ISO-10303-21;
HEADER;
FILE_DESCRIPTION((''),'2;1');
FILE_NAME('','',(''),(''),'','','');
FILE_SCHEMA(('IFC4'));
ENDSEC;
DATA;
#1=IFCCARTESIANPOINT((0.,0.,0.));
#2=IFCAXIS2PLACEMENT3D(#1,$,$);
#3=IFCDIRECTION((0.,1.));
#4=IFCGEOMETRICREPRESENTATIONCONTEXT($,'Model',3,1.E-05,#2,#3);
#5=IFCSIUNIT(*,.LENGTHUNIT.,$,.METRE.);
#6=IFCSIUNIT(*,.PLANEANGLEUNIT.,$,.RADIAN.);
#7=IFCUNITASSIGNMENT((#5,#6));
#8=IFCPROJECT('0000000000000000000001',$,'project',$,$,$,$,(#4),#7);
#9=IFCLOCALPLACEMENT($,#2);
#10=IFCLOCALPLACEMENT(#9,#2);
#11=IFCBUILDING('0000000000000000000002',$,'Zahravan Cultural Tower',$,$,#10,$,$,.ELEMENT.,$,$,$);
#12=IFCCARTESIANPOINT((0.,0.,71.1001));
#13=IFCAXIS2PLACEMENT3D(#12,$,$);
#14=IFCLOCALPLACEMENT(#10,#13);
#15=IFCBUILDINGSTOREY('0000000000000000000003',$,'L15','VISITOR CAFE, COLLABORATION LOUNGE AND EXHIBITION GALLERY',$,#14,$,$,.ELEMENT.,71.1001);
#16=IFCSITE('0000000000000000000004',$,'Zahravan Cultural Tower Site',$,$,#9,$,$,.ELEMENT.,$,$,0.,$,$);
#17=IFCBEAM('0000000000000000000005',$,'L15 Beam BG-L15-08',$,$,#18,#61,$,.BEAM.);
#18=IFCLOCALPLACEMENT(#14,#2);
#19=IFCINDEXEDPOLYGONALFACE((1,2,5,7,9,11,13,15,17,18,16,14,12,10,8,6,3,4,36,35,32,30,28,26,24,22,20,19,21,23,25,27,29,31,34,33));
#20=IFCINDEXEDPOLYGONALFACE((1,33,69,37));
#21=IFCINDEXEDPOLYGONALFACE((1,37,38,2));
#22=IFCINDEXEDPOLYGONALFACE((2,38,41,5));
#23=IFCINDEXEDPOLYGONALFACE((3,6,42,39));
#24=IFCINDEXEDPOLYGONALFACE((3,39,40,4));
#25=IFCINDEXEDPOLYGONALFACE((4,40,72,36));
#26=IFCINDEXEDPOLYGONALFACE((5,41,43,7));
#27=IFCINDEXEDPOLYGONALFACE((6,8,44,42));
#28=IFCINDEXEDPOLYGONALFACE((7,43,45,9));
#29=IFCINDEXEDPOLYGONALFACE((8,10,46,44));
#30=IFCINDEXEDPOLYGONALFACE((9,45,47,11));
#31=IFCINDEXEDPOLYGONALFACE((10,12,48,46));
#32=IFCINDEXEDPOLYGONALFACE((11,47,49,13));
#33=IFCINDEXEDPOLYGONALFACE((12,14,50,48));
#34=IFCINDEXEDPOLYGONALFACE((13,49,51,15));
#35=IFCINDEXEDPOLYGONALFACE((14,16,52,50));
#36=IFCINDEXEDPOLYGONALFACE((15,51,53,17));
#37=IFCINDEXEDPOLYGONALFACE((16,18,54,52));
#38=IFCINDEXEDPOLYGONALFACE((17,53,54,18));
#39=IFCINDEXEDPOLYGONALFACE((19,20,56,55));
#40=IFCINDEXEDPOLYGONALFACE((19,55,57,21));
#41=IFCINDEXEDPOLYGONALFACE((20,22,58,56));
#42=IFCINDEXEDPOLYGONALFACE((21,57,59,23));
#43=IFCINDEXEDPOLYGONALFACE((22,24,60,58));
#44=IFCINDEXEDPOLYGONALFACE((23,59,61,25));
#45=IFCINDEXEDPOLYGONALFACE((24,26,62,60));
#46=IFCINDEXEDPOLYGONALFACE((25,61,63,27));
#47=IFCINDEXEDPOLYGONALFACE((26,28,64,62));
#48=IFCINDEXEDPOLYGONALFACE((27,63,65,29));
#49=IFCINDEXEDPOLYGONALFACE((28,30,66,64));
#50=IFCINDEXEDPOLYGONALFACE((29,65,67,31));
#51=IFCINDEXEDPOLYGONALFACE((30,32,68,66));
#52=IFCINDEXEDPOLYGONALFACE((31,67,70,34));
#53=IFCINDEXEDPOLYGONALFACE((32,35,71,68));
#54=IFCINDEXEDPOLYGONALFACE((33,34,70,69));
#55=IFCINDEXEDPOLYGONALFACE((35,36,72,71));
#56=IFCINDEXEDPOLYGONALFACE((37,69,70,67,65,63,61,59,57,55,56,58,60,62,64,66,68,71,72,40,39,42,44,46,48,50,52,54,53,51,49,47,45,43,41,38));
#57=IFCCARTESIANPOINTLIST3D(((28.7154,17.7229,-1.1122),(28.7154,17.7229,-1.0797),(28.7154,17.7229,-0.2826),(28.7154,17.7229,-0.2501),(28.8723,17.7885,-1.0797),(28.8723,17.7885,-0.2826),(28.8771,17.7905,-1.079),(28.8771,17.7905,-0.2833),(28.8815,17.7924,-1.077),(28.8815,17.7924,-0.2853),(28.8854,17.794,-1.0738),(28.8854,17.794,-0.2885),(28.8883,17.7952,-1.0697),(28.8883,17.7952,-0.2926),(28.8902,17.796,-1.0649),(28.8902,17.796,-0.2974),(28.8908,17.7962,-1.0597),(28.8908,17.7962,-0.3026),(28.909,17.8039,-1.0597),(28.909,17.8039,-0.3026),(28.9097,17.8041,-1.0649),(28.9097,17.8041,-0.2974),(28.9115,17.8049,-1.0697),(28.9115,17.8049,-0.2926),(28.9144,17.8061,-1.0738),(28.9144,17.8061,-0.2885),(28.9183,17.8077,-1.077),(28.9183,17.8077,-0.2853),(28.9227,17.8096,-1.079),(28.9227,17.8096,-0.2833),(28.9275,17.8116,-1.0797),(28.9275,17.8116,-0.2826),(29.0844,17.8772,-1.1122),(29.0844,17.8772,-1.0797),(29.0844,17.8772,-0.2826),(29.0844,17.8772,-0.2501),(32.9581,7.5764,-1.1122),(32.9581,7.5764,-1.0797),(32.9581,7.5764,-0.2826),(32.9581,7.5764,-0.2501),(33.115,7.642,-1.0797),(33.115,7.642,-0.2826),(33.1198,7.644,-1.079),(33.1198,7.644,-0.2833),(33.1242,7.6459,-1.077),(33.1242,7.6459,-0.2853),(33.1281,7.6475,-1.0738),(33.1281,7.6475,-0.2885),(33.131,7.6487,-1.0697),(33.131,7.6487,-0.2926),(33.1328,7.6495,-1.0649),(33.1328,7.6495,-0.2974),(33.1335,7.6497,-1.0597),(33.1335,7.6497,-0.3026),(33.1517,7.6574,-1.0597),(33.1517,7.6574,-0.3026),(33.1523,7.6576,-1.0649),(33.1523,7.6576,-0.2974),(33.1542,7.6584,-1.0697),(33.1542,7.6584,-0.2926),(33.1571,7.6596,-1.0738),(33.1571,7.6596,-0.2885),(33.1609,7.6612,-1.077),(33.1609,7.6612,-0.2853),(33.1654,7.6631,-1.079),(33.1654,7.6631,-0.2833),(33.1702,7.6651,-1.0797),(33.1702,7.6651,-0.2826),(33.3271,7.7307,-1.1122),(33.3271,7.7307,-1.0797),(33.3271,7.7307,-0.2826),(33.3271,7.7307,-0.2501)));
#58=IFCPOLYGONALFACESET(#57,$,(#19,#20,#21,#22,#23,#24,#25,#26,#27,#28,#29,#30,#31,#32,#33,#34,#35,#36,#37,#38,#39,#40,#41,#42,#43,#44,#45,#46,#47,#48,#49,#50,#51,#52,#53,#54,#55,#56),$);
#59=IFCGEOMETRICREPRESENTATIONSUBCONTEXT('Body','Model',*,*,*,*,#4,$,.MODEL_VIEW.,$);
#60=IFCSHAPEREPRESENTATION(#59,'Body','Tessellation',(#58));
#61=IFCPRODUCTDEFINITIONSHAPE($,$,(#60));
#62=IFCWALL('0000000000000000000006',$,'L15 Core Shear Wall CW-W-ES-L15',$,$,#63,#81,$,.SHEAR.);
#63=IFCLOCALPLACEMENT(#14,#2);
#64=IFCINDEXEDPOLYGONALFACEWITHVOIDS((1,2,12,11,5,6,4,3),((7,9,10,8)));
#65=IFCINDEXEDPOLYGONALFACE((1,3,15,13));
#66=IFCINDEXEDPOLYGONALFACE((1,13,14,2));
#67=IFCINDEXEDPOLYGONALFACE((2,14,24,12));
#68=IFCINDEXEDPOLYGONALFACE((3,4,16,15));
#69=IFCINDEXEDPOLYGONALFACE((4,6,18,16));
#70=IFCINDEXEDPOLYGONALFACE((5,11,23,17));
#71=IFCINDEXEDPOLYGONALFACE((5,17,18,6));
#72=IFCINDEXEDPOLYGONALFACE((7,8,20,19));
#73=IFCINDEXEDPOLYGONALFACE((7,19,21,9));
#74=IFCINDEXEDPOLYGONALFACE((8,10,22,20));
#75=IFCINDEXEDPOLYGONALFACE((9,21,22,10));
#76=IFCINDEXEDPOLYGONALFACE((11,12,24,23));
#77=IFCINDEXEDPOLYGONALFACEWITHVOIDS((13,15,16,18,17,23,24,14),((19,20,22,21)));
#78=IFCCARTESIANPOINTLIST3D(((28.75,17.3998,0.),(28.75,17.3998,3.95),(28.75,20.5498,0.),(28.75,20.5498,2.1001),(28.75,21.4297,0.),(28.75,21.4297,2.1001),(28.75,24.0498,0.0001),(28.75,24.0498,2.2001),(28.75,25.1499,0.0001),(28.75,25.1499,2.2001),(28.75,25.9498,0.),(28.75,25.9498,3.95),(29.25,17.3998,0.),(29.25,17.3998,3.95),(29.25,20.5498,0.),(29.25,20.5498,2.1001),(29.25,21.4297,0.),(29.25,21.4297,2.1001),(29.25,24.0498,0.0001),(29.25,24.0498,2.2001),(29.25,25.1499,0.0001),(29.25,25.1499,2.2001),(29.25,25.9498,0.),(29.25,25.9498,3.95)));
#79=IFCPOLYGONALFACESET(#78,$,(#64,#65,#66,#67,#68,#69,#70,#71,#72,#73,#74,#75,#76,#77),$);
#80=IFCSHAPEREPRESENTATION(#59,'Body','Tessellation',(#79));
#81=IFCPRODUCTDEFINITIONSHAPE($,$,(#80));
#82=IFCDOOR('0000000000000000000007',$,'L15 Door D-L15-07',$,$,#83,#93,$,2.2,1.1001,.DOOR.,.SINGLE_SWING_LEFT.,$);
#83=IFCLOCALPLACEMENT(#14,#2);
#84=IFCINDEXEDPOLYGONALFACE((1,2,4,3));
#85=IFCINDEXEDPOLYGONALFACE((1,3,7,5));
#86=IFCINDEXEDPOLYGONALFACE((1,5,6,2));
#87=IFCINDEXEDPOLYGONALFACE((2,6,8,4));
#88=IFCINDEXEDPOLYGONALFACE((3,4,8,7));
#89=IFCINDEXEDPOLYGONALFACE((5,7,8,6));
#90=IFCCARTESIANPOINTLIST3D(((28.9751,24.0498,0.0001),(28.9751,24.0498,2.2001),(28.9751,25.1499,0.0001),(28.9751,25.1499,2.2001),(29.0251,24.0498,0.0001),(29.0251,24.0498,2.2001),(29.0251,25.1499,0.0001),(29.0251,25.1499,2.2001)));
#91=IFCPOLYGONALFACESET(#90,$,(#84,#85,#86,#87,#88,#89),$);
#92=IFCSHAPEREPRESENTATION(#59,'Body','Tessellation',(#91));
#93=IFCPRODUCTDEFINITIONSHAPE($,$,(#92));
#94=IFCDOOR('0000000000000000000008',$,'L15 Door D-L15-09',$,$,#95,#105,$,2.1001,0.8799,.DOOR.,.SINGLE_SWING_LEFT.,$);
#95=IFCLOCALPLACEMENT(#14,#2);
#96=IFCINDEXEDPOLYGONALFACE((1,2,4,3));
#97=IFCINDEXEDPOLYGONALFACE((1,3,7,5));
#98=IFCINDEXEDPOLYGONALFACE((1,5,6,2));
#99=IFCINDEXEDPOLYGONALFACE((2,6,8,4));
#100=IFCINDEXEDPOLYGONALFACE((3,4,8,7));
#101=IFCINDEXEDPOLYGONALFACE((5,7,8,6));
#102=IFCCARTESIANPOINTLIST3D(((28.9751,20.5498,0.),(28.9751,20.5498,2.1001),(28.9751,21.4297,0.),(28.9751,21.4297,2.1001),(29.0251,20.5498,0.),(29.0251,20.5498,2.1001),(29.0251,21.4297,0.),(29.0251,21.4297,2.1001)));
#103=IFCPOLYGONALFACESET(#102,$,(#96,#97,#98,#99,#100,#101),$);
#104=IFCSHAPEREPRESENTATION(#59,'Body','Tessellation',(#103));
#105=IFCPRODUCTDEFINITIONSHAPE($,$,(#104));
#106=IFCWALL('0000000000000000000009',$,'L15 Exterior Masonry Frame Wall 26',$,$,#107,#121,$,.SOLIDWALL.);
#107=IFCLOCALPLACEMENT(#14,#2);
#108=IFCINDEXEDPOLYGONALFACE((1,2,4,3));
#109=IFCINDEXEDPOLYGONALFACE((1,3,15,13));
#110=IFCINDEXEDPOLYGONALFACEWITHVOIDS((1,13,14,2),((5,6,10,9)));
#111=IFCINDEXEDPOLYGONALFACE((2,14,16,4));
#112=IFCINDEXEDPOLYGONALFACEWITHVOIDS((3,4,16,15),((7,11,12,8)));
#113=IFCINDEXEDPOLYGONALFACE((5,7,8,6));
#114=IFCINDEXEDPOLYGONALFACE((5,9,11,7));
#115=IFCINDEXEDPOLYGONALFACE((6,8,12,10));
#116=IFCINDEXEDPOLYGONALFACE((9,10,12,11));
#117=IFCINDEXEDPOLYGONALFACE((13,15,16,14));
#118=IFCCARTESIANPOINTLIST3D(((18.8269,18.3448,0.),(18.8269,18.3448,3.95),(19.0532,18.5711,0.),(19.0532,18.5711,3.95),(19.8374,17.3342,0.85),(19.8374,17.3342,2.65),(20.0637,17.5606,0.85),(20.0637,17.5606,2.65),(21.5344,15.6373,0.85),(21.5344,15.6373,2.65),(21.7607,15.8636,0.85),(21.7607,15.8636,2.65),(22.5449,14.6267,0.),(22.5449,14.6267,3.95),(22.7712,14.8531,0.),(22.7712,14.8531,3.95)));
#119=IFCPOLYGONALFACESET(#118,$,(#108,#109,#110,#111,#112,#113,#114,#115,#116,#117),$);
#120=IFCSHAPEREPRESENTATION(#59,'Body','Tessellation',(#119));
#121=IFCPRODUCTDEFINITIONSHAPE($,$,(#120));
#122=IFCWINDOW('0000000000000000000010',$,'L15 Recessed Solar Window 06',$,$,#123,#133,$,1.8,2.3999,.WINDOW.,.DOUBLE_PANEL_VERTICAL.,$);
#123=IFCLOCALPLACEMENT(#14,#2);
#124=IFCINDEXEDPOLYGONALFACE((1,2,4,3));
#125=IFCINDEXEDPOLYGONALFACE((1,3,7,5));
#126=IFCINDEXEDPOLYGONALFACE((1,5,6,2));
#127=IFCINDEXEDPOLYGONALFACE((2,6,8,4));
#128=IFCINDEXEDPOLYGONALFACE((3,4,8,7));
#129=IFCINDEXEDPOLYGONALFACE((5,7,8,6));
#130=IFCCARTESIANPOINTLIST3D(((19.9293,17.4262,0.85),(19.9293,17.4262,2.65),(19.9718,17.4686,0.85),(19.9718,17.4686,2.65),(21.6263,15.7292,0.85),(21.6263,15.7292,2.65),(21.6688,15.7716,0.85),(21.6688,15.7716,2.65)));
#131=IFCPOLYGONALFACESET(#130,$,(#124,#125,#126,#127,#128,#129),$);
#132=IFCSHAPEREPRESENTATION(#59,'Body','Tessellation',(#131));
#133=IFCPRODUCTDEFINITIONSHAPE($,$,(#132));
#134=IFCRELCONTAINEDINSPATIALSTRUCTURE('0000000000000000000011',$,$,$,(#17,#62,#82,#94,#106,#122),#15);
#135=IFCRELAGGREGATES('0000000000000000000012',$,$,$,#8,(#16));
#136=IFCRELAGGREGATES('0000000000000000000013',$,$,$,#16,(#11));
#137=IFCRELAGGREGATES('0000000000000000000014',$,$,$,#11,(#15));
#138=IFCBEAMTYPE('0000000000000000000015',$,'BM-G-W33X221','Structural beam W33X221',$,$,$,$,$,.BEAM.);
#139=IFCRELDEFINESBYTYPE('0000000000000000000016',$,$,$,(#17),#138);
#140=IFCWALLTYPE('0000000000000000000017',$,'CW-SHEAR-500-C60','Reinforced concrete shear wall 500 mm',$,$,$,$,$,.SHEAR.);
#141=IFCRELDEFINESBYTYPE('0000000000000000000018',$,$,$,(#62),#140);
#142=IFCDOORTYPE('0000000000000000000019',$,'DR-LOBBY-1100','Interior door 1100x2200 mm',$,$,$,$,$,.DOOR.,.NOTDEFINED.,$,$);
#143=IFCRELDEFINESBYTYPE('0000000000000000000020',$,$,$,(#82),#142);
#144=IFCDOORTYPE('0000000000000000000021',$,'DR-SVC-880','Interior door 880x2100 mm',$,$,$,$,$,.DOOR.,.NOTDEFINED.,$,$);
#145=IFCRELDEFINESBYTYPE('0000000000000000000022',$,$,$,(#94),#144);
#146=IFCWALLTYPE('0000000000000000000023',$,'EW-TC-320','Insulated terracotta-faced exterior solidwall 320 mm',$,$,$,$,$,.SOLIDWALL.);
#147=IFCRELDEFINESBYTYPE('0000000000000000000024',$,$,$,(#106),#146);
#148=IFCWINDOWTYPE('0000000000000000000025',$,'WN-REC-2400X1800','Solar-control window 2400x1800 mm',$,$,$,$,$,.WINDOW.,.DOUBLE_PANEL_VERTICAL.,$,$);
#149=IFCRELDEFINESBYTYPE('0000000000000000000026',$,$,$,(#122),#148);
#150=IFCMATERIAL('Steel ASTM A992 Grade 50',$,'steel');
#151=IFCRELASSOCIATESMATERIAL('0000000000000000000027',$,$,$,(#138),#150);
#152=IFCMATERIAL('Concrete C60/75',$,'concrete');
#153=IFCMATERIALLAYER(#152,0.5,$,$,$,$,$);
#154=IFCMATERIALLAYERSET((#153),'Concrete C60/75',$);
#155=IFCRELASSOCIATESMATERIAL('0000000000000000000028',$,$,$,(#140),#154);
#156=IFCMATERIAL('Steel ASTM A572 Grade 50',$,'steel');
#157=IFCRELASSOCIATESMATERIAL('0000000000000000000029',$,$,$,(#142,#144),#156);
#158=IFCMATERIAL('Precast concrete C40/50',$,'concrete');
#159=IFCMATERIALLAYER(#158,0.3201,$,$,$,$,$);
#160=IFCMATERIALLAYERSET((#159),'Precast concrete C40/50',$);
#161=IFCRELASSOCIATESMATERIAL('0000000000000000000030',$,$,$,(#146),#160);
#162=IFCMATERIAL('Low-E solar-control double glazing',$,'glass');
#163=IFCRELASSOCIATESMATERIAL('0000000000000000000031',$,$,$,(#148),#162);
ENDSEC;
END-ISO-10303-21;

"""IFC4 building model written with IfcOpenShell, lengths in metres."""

from ifc_helpers import new_model, si_unit, direction, frame, frame_2d, origin, origin_2d, place, context, subcontext, project, spatial, rectangle, i_section, extrude, source, transform, mapped, material, layer, layer_set, material_profile, profile_set, type_object, element, fill, save


model = new_model("IFC4")

# Units and contexts
model_context = context("Model", 3, precision=1e-05, world=origin(), true_north=direction((0.0, 1.0)))
body_context = subcontext(model_context, "Body", "Model", "MODEL_VIEW")
ifc_project = project(units=[si_unit("LENGTHUNIT", "METRE"), si_unit("PLANEANGLEUNIT", "RADIAN")], contexts=[model_context])

# Site, building, storey
site_placement = place(None, origin())
site = spatial("IfcSite", under=ifc_project, at=site_placement, Name="Zahravan Cultural Tower Site", CompositionType="ELEMENT", RefElevation=0.0)
building_placement = place(site_placement, origin())
building = spatial("IfcBuilding", under=site, at=building_placement, Name="Zahravan Cultural Tower", CompositionType="ELEMENT")
storey_placement = place(building_placement, frame((0.0, 0.0, 71.1001)))
storey = spatial("IfcBuildingStorey", under=building, at=storey_placement, Name="L15", Description="VISITOR CAFE, COLLABORATION LOUNGE AND EXHIBITION GALLERY", CompositionType="ELEMENT", Elevation=71.1001)

# Shared definitions
ifc_material_1 = material(Name="Concrete C60/75", Category="concrete")

# Beam
ifc_material_2 = material(Name="Steel ASTM A992 Grade 50", Category="steel")
ifc_material_profile_1 = material_profile(ifc_material_2, i_section(OverallWidth=0.3999, OverallDepth=0.8621, WebThickness=0.0198, FlangeThickness=0.0325, FilletRadius=0.02, at=origin_2d()), Name="W33X221")
ifc_profile_set_1 = profile_set([ifc_material_profile_1], Name="Steel ASTM A992 Grade 50")
beam_type_1 = type_object("IfcBeamType", Name="BM-G-W33X221", Description="Structural beam W33X221", PredefinedType="BEAM", material=ifc_profile_set_1)
shared_shape_1 = source(origin(), body_context, "Body", "SweptSolid", [
    extrude(i_section(OverallWidth=0.3999, OverallDepth=0.8621, WebThickness=0.0198, FlangeThickness=0.0325, FilletRadius=0.02, at=origin_2d()), origin(), (0.0, 0.0, 1.0), 10.9978),
])
beam_1_placement = place(storey_placement, frame((28.8999, 17.8, -0.6812), z_axis=(0.385775, -0.922593, 0.0), x_axis=(0.922593, 0.385775, 0.0)))
element("IfcBeam", 1, at=beam_1_placement, inside=storey, type_object=beam_type_1, Name="L15 Beam BG-L15-08", PredefinedType="BEAM", context=body_context, shape_type="MappedRepresentation", body=[
    mapped(shared_shape_1, transform((0.0, 0.0, 0.0), x_axis=(1.0, 0.0, 0.0), y_axis=(0.0, 1.0, 0.0), z_axis=(0.0, 0.0, 1.0), scale=1.0)),
])

# Wall, openings, doors
ifc_layer_1 = layer(ifc_material_1, 0.5)
ifc_layer_set_1 = layer_set([ifc_layer_1], Name="Concrete C60/75")
wall_type_1 = type_object("IfcWallType", Name="CW-SHEAR-500-C60", Description="Reinforced concrete shear wall 500 mm", PredefinedType="SHEAR", material=ifc_layer_set_1)
wall_1_placement = place(storey_placement, frame((29.0, 17.3999, 0.0), z_axis=(0.0, 0.0, 1.0), x_axis=(0.0, 1.0, 0.0)))
wall_1 = element("IfcWall", 2, at=wall_1_placement, inside=storey, type_object=wall_type_1, Name="L15 Core Shear Wall CW-W-ES-L15", PredefinedType="SHEAR", context=body_context, shape_type="SweptSolid", body=[
    extrude(rectangle(XDim=8.55, YDim=0.5, at=frame_2d((4.2749, 0.0))), origin(), (0.0, 0.0, 1.0), 3.95),
])
opening_1_placement = place(wall_1_placement, frame((6.6499, 0.0, 0.0)))
opening_1 = element("IfcOpeningElement", 3, at=opening_1_placement, cuts=wall_1, PredefinedType="OPENING", context=body_context, shape_type="SweptSolid", body=[
    extrude(rectangle(XDim=1.1001, YDim=2.2, at=frame_2d((0.55, 1.1001))), frame((0.0, 0.26, 0.0), z_axis=(0.0, -1.0, 0.0), x_axis=(1.0, 0.0, 0.0)), (0.0, 0.0, 1.0), 0.52),
])
opening_2_placement = place(wall_1_placement, frame((3.1499, 0.0, 0.0)))
opening_2 = element("IfcOpeningElement", 4, at=opening_2_placement, cuts=wall_1, PredefinedType="OPENING", context=body_context, shape_type="SweptSolid", body=[
    extrude(rectangle(XDim=0.8799, YDim=2.1001, at=frame_2d((0.4399, 1.05))), frame((0.0, 0.26, 0.0), z_axis=(0.0, -1.0, 0.0), x_axis=(1.0, 0.0, 0.0)), (0.0, 0.0, 1.0), 0.52),
])
ifc_material_3 = material(Name="Steel ASTM A572 Grade 50", Category="steel")
door_type_1 = type_object("IfcDoorType", Name="DR-LOBBY-1100", Description="Interior door 1100x2200 mm", OperationType="NOTDEFINED", PredefinedType="DOOR", material=ifc_material_3)
shared_shape_2 = source(origin(), body_context, "Body", "SweptSolid", [
    extrude(rectangle(XDim=1.1001, YDim=2.2, at=frame_2d((0.55, 1.1001))), frame((0.0, 0.0249, 0.0), z_axis=(0.0, -1.0, 0.0), x_axis=(1.0, 0.0, 0.0)), (0.0, 0.0, 1.0), 0.05),
])
door_1_placement = place(opening_1_placement, origin())
door_1 = element("IfcDoor", 5, at=door_1_placement, inside=storey, type_object=door_type_1, Name="L15 Door D-L15-07", OperationType="SINGLE_SWING_LEFT", OverallHeight=2.2, OverallWidth=1.1001, PredefinedType="DOOR", context=body_context, shape_type="MappedRepresentation", body=[
    mapped(shared_shape_2, transform((0.0, 0.0, 0.0), x_axis=(1.0, 0.0, 0.0), y_axis=(0.0, 1.0, 0.0), z_axis=(0.0, 0.0, 1.0), scale=1.0)),
])
fill(opening_1, door_1)
door_type_2 = type_object("IfcDoorType", Name="DR-SVC-880", Description="Interior door 880x2100 mm", OperationType="NOTDEFINED", PredefinedType="DOOR", material=ifc_material_3)
shared_shape_3 = source(origin(), body_context, "Body", "SweptSolid", [
    extrude(rectangle(XDim=0.8799, YDim=2.1001, at=frame_2d((0.4399, 1.05))), frame((0.0, 0.0249, 0.0), z_axis=(0.0, -1.0, 0.0), x_axis=(1.0, 0.0, 0.0)), (0.0, 0.0, 1.0), 0.05),
])
door_2_placement = place(opening_2_placement, origin())
door_2 = element("IfcDoor", 6, at=door_2_placement, inside=storey, type_object=door_type_2, Name="L15 Door D-L15-09", OperationType="SINGLE_SWING_LEFT", OverallHeight=2.1001, OverallWidth=0.8799, PredefinedType="DOOR", context=body_context, shape_type="MappedRepresentation", body=[
    mapped(shared_shape_3, transform((0.0, 0.0, 0.0), x_axis=(1.0, 0.0, 0.0), y_axis=(0.0, 1.0, 0.0), z_axis=(0.0, 0.0, 1.0), scale=1.0)),
])
fill(opening_2, door_2)

# Wall, opening, window
ifc_material_4 = material(Name="Precast concrete C40/50", Category="concrete")
ifc_layer_2 = layer(ifc_material_4, 0.3201)
ifc_layer_set_2 = layer_set([ifc_layer_2], Name="Precast concrete C40/50")
wall_type_2 = type_object("IfcWallType", Name="EW-TC-320", Description="Insulated terracotta-faced exterior solidwall 320 mm", PredefinedType="SOLIDWALL", material=ifc_layer_set_2)
wall_2_placement = place(storey_placement, frame((22.658, 14.74, 0.0), z_axis=(0.0, 0.0, 1.0), x_axis=(-0.707107, 0.707107, 0.0)))
wall_2 = element("IfcWall", 7, at=wall_2_placement, inside=storey, type_object=wall_type_2, Name="L15 Exterior Masonry Frame Wall 26", PredefinedType="SOLIDWALL", context=body_context, shape_type="SweptSolid", body=[
    extrude(rectangle(XDim=5.2581, YDim=0.3201, at=frame_2d((2.6289, 0.0))), origin(), (0.0, 0.0, 1.0), 3.95),
])
opening_3_placement = place(wall_2_placement, frame((1.429, 0.0, 0.8501)))
opening_3 = element("IfcOpeningElement", 8, at=opening_3_placement, cuts=wall_2, PredefinedType="OPENING", context=body_context, shape_type="SweptSolid", body=[
    extrude(rectangle(XDim=2.3999, YDim=1.8, at=frame_2d((1.2, 0.8999))), frame((0.0, 0.1699, 0.0), z_axis=(0.0, -1.0, 0.0), x_axis=(1.0, 0.0, 0.0)), (0.0, 0.0, 1.0), 0.3401),
])
ifc_material_5 = material(Name="Low-E solar-control double glazing", Category="glass")
window_type = type_object("IfcWindowType", Name="WN-REC-2400X1800", Description="Solar-control window 2400x1800 mm", PartitioningType="DOUBLE_PANEL_VERTICAL", PredefinedType="WINDOW", material=ifc_material_5)
shared_shape_4 = source(origin(), body_context, "Body", "SweptSolid", [
    extrude(rectangle(XDim=2.3999, YDim=1.8, at=frame_2d((1.2, 0.8999))), frame((0.0, 0.03, 0.0), z_axis=(0.0, -1.0, 0.0), x_axis=(1.0, 0.0, 0.0)), (0.0, 0.0, 1.0), 0.0601),
])
window_placement = place(opening_3_placement, origin())
window = element("IfcWindow", 9, at=window_placement, inside=storey, type_object=window_type, Name="L15 Recessed Solar Window 06", OverallHeight=1.8, OverallWidth=2.3999, PartitioningType="DOUBLE_PANEL_VERTICAL", PredefinedType="WINDOW", context=body_context, shape_type="MappedRepresentation", body=[
    mapped(shared_shape_4, transform((0.0, 0.0, 0.0), x_axis=(1.0, 0.0, 0.0), y_axis=(0.0, 1.0, 0.0), z_axis=(0.0, 0.0, 1.0), scale=1.0)),
])
fill(opening_3, window)

save(model, "model.ifc")
